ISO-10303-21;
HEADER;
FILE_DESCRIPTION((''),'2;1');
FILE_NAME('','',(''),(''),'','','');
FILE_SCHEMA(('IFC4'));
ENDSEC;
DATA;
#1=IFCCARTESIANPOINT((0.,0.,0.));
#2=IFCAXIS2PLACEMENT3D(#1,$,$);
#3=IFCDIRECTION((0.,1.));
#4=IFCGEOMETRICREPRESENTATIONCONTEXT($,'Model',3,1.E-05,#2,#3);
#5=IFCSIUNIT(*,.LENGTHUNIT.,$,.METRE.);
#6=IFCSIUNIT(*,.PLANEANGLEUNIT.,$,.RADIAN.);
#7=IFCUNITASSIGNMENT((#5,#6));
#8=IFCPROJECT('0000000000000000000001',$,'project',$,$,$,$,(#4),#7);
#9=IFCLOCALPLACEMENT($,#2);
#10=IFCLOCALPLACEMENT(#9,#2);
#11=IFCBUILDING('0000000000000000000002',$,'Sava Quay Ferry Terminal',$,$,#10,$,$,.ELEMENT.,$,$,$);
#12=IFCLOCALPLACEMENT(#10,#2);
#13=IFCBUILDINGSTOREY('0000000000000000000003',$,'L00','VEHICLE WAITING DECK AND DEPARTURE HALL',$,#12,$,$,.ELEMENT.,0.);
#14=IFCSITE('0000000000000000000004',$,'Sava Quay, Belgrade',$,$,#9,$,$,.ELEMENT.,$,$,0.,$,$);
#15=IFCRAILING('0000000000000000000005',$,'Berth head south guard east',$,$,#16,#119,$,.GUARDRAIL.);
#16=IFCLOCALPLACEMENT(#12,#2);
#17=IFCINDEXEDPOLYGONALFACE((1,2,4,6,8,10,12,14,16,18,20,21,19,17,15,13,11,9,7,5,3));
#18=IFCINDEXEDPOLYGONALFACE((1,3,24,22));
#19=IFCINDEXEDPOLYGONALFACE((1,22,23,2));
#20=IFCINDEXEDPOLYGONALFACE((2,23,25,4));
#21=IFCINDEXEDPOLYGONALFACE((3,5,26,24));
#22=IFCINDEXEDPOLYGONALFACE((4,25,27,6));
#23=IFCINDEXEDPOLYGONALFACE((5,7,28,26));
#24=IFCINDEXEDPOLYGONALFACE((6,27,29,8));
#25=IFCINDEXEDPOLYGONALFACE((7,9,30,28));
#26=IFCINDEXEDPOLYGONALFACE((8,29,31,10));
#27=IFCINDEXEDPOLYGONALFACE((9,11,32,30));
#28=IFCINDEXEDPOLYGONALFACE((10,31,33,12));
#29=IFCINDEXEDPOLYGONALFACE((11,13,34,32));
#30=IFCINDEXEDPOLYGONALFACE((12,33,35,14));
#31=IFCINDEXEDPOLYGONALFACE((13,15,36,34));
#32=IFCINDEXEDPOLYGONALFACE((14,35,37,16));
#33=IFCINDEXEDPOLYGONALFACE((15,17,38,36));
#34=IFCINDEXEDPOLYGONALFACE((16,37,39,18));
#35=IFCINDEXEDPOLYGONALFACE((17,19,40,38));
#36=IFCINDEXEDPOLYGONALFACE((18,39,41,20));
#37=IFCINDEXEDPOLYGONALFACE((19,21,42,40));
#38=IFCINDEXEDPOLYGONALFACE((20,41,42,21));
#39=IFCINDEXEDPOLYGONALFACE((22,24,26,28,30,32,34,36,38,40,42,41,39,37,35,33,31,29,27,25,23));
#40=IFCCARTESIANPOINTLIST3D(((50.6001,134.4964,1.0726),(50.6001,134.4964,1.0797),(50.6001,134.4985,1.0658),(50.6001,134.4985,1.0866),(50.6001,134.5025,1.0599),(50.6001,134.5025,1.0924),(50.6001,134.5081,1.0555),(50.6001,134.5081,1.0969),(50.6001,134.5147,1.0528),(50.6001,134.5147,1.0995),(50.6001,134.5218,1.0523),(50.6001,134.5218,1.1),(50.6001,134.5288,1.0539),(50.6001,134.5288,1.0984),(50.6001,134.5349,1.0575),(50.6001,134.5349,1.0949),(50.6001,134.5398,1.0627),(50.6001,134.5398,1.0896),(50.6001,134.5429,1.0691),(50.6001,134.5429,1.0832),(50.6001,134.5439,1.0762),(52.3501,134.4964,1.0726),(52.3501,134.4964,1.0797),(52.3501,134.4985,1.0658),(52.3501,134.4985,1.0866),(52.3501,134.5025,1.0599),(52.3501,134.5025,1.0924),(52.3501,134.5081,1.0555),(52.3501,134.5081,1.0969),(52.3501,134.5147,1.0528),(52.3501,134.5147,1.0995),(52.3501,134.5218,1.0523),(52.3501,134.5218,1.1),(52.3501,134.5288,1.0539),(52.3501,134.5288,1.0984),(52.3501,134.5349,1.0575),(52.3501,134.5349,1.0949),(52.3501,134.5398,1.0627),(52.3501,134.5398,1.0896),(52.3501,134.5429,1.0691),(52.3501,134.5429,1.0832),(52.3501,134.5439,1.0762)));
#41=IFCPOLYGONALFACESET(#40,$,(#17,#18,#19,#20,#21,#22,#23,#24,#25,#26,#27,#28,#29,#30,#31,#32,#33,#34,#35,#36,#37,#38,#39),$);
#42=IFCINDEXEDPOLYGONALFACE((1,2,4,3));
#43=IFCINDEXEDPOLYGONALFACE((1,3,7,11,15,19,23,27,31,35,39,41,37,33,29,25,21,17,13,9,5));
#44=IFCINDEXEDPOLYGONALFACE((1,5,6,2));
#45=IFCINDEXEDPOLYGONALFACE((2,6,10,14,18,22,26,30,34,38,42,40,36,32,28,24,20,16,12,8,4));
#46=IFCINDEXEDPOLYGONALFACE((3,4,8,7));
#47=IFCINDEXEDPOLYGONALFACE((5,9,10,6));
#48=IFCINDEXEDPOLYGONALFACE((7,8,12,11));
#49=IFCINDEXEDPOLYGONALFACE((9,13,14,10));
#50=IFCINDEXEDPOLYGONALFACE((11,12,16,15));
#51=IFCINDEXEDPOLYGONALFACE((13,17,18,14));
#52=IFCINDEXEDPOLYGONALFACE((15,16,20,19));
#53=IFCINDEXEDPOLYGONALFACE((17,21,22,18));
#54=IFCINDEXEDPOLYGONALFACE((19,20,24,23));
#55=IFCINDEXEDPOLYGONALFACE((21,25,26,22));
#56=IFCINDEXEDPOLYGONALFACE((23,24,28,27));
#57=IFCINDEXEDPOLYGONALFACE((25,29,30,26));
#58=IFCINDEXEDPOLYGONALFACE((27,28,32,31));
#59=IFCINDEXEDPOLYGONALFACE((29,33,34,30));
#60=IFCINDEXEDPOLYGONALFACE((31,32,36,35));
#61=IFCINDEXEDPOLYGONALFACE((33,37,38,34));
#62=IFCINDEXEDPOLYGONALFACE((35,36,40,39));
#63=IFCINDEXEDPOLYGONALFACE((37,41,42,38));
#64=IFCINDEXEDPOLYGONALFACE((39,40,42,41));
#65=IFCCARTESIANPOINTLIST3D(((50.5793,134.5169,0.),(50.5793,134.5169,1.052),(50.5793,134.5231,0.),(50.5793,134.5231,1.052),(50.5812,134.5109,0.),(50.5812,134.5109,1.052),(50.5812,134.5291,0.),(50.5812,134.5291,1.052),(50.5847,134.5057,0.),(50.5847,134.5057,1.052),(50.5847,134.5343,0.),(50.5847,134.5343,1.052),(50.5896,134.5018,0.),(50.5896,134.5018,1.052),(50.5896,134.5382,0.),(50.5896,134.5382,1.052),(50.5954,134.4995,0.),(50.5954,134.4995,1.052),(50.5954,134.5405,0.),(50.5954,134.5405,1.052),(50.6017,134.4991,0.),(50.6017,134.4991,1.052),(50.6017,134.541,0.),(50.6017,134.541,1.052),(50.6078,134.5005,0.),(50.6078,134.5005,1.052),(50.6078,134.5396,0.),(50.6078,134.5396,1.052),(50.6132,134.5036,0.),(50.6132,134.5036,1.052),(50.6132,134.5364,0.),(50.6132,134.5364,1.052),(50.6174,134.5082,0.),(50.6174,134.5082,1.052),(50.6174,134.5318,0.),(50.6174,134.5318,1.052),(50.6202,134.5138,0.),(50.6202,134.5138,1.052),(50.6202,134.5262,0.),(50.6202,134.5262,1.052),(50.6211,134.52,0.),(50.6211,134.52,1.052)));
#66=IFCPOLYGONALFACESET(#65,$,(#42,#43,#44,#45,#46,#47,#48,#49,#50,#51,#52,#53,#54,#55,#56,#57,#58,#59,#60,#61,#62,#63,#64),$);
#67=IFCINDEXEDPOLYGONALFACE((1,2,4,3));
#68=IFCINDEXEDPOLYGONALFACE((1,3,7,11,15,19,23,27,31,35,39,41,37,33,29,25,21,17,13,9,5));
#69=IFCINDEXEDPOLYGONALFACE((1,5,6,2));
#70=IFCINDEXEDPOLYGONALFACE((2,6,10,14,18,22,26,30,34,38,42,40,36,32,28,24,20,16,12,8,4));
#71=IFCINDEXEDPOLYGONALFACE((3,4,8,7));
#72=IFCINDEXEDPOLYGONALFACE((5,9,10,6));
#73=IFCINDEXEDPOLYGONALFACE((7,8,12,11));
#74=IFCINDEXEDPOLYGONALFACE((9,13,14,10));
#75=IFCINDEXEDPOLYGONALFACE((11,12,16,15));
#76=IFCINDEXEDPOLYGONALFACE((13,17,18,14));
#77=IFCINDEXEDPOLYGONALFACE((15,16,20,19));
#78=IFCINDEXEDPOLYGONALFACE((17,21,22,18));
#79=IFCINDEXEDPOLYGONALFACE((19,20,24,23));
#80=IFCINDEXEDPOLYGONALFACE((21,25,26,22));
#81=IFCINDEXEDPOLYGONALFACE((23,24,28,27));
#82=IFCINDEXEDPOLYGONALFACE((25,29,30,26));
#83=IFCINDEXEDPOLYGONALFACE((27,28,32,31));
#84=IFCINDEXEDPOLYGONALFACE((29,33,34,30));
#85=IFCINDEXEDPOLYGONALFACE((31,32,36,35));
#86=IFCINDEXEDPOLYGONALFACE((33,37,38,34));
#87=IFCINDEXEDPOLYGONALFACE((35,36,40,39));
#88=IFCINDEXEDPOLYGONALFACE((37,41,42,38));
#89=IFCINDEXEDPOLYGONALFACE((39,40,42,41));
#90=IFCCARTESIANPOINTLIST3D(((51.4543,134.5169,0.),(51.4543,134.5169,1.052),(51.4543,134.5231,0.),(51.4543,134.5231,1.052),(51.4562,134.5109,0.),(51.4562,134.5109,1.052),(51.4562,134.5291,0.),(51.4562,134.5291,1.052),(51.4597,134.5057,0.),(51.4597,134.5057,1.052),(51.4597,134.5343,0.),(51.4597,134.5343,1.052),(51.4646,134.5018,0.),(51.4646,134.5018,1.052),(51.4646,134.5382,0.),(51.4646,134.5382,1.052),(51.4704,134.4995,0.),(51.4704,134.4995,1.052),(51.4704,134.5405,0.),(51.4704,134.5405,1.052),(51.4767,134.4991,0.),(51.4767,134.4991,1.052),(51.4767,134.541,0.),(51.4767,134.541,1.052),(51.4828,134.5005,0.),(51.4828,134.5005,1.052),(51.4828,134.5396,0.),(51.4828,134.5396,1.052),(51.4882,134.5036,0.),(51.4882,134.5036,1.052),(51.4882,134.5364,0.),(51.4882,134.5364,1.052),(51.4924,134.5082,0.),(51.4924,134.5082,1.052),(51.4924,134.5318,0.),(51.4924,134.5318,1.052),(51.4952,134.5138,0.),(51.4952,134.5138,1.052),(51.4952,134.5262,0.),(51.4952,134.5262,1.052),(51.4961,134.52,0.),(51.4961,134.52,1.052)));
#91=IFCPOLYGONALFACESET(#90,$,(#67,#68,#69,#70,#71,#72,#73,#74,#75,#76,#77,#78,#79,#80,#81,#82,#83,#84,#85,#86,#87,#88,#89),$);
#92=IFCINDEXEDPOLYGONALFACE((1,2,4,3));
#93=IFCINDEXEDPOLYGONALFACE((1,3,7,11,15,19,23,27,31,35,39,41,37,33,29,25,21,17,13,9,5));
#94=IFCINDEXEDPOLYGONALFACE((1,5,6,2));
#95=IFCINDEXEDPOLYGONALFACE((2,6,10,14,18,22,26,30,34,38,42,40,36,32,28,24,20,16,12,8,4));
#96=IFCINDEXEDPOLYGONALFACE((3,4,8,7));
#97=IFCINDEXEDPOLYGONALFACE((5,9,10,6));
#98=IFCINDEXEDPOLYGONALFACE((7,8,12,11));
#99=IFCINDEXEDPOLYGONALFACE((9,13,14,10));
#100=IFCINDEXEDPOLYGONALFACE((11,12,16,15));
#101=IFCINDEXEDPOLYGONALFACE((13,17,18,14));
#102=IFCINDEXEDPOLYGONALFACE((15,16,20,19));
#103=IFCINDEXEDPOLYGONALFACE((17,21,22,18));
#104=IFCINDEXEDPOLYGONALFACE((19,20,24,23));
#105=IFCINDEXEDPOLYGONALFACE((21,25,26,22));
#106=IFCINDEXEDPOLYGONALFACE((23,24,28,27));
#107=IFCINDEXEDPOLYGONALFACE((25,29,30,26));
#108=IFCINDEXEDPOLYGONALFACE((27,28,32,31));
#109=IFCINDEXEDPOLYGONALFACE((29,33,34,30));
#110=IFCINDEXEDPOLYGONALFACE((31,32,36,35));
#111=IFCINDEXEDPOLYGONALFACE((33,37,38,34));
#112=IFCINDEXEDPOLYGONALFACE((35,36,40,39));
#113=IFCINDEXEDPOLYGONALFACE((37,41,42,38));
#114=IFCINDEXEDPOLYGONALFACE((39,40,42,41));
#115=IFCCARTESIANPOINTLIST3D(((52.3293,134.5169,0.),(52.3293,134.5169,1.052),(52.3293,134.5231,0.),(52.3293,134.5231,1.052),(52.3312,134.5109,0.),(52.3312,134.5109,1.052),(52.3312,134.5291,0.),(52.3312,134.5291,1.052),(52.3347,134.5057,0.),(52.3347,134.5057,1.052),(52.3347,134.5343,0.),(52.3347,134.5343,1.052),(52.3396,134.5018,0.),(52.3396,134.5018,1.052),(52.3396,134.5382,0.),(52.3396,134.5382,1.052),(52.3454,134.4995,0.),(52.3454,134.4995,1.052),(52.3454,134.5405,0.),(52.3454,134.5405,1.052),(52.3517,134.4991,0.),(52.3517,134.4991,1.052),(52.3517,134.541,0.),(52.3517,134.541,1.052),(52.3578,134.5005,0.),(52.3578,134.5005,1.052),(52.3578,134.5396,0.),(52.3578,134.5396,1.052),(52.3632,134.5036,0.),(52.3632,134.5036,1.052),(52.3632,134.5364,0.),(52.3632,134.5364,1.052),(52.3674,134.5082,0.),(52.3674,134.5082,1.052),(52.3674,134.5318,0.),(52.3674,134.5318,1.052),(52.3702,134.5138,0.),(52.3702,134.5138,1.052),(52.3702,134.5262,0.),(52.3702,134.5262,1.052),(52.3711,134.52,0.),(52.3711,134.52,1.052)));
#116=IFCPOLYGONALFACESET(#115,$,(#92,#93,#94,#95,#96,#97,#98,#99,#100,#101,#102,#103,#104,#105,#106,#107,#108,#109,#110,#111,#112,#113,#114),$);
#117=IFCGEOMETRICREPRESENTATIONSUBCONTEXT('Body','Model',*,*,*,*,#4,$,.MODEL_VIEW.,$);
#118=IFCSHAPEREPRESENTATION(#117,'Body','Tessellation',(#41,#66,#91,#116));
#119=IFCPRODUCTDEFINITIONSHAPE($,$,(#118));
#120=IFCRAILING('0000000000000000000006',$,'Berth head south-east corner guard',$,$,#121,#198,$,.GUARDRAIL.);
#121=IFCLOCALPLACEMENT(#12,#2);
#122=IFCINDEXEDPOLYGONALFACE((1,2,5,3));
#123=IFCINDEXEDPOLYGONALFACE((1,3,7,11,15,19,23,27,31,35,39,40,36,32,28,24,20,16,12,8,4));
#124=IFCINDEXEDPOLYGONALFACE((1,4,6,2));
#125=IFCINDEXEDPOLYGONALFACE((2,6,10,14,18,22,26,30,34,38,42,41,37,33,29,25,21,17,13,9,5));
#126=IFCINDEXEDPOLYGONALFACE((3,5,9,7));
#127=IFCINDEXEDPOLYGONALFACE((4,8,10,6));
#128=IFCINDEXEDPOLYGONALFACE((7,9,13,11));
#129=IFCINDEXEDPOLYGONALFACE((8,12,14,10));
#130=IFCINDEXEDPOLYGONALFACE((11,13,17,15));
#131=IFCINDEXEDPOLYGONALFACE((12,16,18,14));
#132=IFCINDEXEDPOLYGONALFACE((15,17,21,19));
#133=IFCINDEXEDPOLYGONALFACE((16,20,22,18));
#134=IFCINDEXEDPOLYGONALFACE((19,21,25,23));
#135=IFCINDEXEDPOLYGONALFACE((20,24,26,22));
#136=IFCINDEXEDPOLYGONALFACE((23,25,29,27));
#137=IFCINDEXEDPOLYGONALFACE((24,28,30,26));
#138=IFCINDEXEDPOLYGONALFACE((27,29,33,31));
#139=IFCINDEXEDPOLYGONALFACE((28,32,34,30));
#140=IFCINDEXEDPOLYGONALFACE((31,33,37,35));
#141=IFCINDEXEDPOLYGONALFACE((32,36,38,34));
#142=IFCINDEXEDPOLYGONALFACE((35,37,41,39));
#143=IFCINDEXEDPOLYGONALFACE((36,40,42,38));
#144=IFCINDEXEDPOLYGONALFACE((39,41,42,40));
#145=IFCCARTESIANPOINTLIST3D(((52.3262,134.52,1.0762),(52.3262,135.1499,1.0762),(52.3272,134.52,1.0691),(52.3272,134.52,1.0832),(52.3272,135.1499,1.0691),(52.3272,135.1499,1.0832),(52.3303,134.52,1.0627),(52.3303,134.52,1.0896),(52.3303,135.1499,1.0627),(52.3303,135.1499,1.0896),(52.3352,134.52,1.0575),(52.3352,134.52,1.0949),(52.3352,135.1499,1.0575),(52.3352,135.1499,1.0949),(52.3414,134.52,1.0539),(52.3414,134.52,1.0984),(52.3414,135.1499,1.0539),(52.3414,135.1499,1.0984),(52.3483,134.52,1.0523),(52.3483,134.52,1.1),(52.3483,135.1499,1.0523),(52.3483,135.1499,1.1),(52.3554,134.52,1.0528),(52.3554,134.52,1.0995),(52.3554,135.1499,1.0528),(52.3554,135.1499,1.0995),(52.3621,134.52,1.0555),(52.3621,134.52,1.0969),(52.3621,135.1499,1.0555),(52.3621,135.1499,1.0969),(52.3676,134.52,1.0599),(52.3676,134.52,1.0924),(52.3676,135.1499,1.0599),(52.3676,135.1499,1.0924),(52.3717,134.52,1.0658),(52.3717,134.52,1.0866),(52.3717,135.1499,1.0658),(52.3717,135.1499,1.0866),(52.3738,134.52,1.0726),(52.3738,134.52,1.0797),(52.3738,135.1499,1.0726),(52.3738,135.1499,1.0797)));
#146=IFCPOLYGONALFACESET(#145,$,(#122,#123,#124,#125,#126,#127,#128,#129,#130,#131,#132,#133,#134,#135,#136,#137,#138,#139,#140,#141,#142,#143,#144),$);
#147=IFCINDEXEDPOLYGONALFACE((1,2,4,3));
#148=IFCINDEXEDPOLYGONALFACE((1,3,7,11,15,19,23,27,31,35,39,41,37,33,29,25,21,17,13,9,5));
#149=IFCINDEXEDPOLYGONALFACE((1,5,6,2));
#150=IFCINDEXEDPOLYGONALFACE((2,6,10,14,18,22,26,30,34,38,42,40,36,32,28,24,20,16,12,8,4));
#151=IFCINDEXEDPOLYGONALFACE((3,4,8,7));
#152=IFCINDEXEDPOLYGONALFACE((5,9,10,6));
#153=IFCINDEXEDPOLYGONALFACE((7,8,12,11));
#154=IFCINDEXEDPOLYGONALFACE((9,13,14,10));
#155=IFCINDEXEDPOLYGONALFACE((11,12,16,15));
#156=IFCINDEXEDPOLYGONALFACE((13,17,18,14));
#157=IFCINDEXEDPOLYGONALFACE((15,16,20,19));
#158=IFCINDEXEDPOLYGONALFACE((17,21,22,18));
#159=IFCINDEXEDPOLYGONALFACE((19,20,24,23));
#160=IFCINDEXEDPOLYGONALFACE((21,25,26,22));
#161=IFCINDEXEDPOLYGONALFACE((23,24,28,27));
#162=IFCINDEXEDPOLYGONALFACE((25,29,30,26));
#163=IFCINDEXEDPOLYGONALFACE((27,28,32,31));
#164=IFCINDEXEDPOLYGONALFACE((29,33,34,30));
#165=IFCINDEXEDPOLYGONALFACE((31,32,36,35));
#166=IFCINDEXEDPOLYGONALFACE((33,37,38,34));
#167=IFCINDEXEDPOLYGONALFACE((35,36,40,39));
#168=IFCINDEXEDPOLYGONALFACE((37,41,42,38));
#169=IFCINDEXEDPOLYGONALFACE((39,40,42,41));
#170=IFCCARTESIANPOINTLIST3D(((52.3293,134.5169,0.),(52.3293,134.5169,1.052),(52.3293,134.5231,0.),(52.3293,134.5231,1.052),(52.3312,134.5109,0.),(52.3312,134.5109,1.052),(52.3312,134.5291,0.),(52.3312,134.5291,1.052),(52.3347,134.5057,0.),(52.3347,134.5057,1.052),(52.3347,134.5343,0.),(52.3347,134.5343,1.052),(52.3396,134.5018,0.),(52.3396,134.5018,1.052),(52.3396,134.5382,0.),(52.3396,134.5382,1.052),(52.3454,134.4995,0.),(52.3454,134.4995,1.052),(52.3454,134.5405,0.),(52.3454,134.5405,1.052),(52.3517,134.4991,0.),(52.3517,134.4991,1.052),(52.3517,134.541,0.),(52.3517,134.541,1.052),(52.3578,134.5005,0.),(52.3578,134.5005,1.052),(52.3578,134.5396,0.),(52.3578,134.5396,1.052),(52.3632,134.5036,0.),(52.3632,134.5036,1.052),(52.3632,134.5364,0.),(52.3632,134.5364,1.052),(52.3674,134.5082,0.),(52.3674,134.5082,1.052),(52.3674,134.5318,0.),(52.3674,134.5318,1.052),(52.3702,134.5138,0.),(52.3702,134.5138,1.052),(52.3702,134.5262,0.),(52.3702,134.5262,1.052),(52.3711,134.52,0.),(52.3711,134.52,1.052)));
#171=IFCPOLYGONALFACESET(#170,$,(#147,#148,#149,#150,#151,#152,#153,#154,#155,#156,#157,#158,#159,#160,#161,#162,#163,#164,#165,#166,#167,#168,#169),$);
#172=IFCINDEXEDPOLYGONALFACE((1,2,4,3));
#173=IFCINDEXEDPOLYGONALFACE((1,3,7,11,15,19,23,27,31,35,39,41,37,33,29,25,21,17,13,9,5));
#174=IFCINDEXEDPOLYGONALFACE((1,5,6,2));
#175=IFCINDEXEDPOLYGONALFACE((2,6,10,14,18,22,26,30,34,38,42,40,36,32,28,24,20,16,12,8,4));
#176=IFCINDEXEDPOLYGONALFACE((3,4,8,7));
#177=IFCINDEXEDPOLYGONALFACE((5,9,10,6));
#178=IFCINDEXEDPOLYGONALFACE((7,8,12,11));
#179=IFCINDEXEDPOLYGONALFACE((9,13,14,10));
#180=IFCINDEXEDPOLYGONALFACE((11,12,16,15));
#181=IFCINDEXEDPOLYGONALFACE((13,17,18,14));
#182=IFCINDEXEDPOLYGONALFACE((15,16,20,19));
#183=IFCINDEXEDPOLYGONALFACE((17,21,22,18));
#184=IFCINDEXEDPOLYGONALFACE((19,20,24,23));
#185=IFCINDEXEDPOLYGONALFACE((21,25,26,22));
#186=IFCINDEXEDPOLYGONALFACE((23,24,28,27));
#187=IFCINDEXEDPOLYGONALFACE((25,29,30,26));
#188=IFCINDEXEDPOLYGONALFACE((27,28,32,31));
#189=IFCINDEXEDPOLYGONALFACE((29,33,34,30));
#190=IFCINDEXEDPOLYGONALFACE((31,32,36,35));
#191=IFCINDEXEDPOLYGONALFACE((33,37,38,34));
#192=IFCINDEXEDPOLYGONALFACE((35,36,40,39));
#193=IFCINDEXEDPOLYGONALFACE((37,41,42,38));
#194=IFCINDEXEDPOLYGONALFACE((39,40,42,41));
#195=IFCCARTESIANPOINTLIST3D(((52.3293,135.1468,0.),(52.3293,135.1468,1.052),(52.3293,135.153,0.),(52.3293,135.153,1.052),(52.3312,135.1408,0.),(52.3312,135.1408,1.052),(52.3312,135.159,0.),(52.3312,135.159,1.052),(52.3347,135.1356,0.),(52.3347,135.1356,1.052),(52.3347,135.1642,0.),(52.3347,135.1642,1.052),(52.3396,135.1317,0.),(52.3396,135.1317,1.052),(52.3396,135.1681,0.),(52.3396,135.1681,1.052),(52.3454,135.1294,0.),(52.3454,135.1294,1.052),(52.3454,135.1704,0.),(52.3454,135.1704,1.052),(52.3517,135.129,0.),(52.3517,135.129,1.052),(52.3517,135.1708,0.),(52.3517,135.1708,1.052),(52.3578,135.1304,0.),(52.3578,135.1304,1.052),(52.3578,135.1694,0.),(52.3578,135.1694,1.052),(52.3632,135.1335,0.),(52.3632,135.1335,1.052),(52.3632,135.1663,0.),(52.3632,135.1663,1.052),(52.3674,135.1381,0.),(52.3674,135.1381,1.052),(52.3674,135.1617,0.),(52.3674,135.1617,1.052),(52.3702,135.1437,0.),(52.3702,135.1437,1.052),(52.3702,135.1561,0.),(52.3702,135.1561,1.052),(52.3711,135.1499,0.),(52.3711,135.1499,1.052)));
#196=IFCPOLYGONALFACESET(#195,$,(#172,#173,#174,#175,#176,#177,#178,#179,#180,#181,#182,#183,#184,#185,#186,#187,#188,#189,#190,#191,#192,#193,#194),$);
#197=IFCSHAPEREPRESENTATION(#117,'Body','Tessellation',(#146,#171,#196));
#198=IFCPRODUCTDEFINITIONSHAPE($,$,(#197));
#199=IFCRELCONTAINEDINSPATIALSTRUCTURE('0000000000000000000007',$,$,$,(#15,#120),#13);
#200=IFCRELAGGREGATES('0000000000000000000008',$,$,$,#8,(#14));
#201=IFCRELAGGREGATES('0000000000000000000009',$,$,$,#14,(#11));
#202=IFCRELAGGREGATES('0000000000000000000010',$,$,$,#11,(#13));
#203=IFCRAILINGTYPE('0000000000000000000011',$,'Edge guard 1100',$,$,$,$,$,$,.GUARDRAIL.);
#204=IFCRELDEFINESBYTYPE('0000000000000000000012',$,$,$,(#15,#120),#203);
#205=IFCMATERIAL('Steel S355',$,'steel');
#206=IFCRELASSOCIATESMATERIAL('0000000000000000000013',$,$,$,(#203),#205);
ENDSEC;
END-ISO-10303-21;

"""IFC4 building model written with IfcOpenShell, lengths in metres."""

from ifc_helpers import new_model, si_unit, direction, frame, origin, origin_2d, place, context, subcontext, project, spatial, circle, extrude, material, type_object, element, save


model = new_model("IFC4")

# Units and contexts
model_context = context("Model", 3, precision=1e-05, world=origin(), true_north=direction((0.0, 1.0)))
body_context = subcontext(model_context, "Body", "Model", "MODEL_VIEW")
ifc_project = project(units=[si_unit("LENGTHUNIT", "METRE"), si_unit("PLANEANGLEUNIT", "RADIAN")], contexts=[model_context])

# Site, building, storey
site_placement = place(None, origin())
site = spatial("IfcSite", under=ifc_project, at=site_placement, Name="Sava Quay, Belgrade", CompositionType="ELEMENT", RefElevation=0.0)
building_placement = place(site_placement, origin())
building = spatial("IfcBuilding", under=site, at=building_placement, Name="Sava Quay Ferry Terminal", CompositionType="ELEMENT")
storey_placement = place(building_placement, origin())
storey = spatial("IfcBuildingStorey", under=building, at=storey_placement, Name="L00", Description="VEHICLE WAITING DECK AND DEPARTURE HALL", CompositionType="ELEMENT", Elevation=0.0)

# Railings
ifc_material_1 = material(Name="Steel S355", Category="steel")
railing_type = type_object("IfcRailingType", Name="Edge guard 1100", PredefinedType="GUARDRAIL", material=ifc_material_1)
railing_1_placement = place(storey_placement, frame((50.6001, 134.52, 0.0)))
element("IfcRailing", 1, at=railing_1_placement, inside=storey, type_object=railing_type, Name="Berth head south guard east", PredefinedType="GUARDRAIL", context=body_context, shape_type="SweptSolid", body=[
    extrude(circle(Radius=0.0239, at=origin_2d()), frame((0.0, 0.0, 1.0762), z_axis=(1.0, 0.0, 0.0), x_axis=(0.0, 1.0, 0.0)), (0.0, 0.0, 1.0), 1.75),
    extrude(circle(Radius=0.021, at=origin_2d()), origin(), (0.0, 0.0, 1.0), 1.052),
    extrude(circle(Radius=0.021, at=origin_2d()), frame((0.875, 0.0, 0.0)), (0.0, 0.0, 1.0), 1.052),
    extrude(circle(Radius=0.021, at=origin_2d()), frame((1.75, 0.0, 0.0)), (0.0, 0.0, 1.0), 1.052),
])
for number, where, name in (
    (2, (52.3501, 134.52, 0.0), "Berth head south-east corner guard"),
):
    element("IfcRailing", number, at=place(storey_placement, frame(where)), inside=storey, type_object=railing_type, Name=name, PredefinedType="GUARDRAIL", context=body_context, shape_type="SweptSolid", body=[
        extrude(circle(Radius=0.0239, at=origin_2d()), frame((0.0, 0.0, 1.0762), z_axis=(0.0, 1.0, 0.0), x_axis=(-1.0, 0.0, 0.0)), (0.0, 0.0, 1.0), 0.6299),
        extrude(circle(Radius=0.021, at=origin_2d()), origin(), (0.0, 0.0, 1.0), 1.052),
        extrude(circle(Radius=0.021, at=origin_2d()), frame((0.0, 0.6299, 0.0)), (0.0, 0.0, 1.0), 1.052),
    ])

save(model, "model.ifc")
